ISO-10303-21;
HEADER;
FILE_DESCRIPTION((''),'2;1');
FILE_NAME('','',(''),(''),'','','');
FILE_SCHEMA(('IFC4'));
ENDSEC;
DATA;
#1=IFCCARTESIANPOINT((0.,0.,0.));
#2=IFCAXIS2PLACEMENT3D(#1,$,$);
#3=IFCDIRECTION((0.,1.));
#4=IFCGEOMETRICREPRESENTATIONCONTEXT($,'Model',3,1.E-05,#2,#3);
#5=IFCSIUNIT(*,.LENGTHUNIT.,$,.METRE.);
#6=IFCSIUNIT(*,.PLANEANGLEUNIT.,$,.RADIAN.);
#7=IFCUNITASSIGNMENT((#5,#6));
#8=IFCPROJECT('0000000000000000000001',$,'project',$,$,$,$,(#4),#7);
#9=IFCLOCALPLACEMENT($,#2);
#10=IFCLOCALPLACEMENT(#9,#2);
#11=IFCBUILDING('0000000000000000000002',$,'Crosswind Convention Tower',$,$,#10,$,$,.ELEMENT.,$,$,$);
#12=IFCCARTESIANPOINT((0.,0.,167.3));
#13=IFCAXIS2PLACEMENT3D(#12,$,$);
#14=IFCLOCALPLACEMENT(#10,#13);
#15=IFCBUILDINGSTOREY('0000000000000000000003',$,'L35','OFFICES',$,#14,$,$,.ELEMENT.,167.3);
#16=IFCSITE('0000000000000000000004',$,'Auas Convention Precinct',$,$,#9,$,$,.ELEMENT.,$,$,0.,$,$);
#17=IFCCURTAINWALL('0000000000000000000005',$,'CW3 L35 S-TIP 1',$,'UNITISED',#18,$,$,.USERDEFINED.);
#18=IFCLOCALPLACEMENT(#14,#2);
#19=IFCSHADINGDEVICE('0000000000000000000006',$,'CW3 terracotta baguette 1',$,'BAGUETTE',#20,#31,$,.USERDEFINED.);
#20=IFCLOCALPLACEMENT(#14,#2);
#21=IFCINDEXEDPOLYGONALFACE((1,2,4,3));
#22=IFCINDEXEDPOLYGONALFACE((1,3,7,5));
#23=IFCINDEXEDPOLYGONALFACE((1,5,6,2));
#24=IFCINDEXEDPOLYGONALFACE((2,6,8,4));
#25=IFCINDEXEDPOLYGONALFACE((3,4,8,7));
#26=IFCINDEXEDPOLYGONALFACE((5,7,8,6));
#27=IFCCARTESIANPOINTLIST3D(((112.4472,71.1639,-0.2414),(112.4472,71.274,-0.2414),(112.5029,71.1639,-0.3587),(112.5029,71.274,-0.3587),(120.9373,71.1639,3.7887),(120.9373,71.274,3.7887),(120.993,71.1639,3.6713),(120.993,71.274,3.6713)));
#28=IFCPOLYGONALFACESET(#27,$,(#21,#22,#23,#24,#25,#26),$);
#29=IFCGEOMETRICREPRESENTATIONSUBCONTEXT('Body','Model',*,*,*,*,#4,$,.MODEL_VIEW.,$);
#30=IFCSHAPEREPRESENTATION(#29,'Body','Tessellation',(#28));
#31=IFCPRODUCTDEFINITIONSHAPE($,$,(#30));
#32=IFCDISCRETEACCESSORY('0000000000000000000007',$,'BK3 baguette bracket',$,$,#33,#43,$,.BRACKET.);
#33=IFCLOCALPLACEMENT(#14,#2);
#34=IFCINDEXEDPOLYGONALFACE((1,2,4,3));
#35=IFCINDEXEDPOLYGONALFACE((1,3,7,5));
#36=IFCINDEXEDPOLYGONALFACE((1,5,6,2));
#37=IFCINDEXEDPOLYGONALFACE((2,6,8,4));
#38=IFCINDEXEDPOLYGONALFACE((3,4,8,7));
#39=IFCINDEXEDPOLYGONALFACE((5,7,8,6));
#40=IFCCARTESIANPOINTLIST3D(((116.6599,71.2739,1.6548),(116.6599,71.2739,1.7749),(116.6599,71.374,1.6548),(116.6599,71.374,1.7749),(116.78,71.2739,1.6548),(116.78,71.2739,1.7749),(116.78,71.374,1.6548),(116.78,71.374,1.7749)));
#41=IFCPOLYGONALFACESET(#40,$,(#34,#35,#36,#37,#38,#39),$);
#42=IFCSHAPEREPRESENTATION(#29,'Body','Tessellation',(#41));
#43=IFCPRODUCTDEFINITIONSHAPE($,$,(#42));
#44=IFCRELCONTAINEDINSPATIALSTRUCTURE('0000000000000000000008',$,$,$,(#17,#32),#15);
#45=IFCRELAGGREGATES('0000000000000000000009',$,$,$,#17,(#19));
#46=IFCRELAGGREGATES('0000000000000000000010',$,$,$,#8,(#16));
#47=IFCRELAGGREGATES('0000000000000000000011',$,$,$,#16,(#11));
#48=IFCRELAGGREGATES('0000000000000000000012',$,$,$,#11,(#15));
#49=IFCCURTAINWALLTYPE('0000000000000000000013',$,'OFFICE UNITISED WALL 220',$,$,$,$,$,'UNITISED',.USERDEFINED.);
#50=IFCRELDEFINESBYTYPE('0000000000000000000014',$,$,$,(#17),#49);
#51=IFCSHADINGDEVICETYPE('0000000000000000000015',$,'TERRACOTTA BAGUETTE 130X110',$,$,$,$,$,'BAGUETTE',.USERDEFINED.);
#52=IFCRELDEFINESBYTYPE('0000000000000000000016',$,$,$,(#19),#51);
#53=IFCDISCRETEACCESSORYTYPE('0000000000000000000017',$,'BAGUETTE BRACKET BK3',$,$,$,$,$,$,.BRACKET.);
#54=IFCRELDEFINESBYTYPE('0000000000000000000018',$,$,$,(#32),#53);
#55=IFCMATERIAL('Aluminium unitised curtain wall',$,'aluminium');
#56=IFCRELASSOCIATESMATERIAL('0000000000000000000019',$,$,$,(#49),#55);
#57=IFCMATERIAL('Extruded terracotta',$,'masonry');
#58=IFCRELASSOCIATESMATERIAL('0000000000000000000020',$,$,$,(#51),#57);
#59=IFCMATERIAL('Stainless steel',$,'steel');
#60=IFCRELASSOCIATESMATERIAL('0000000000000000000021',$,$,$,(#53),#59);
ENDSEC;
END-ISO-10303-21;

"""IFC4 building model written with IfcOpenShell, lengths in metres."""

from ifc_helpers import new_model, si_unit, direction, frame, origin, origin_2d, place, context, subcontext, project, spatial, rectangle, extrude, material, material_profile, profile_set, type_object, element, aggregate, save


model = new_model("IFC4")

# Units and contexts
model_context = context("Model", 3, precision=1e-05, world=origin(), true_north=direction((0.0, 1.0)))
body_context = subcontext(model_context, "Body", "Model", "MODEL_VIEW")
ifc_project = project(units=[si_unit("LENGTHUNIT", "METRE"), si_unit("PLANEANGLEUNIT", "RADIAN")], contexts=[model_context])

# Site, building, storey
site_placement = place(None, origin())
site = spatial("IfcSite", under=ifc_project, at=site_placement, Name="Auas Convention Precinct", CompositionType="ELEMENT", RefElevation=0.0)
building_placement = place(site_placement, origin())
building = spatial("IfcBuilding", under=site, at=building_placement, Name="Crosswind Convention Tower", CompositionType="ELEMENT")
storey_placement = place(building_placement, frame((0.0, 0.0, 167.3)))
storey = spatial("IfcBuildingStorey", under=building, at=storey_placement, Name="L35", Description="OFFICES", CompositionType="ELEMENT", Elevation=167.3)

# Curtain wall
ifc_material_1 = material(Name="Aluminium unitised curtain wall", Category="aluminium")
curtain_wall_type_1 = type_object("IfcCurtainWallType", Name="OFFICE UNITISED WALL 220", ElementType="UNITISED", PredefinedType="USERDEFINED", material=ifc_material_1)
curtain_wall_1_placement = place(storey_placement, origin())
curtain_wall_1 = element("IfcCurtainWall", 1, at=curtain_wall_1_placement, inside=storey, type_object=curtain_wall_type_1, Name="CW3 L35 S-TIP 1", ObjectType="UNITISED", PredefinedType="USERDEFINED")

# Shading device
ifc_material_2 = material(Name="Extruded terracotta", Category="masonry")
ifc_material_profile_1 = material_profile(ifc_material_2, rectangle(XDim=0.1101, YDim=0.1299, at=origin_2d()), Name="TC 110X130")
ifc_profile_set_1 = profile_set([ifc_material_profile_1], Name="Extruded terracotta")
shading_device_type = type_object("IfcShadingDeviceType", Name="TERRACOTTA BAGUETTE 130X110", ElementType="BAGUETTE", PredefinedType="USERDEFINED", material=ifc_profile_set_1)
shading_device_placement = place(storey_placement, frame((112.4751, 71.219, -0.3), z_axis=(0.903389, 0.0, 0.428821), x_axis=(0.0, 1.0, 0.0)))
shading_device = element("IfcShadingDevice", 2, at=shading_device_placement, type_object=shading_device_type, Name="CW3 terracotta baguette 1", ObjectType="BAGUETTE", PredefinedType="USERDEFINED", context=body_context, shape_type="SweptSolid", body=[
    extrude(rectangle(XDim=0.1101, YDim=0.1299, at=origin_2d()), origin(), (0.0, 0.0, 1.0), 9.3979),
])
aggregate(curtain_wall_1, [shading_device])

# Discrete accessory
ifc_material_3 = material(Name="Stainless steel", Category="steel")
discrete_accessory_type = type_object("IfcDiscreteAccessoryType", Name="BAGUETTE BRACKET BK3", PredefinedType="BRACKET", material=ifc_material_3)
discrete_accessory_placement = place(storey_placement, frame((116.72, 71.324, 1.6548), z_axis=(0.0, 0.0, 1.0), x_axis=(1.0, 0.0, 0.0)))
element("IfcDiscreteAccessory", 3, at=discrete_accessory_placement, inside=storey, type_object=discrete_accessory_type, Name="BK3 baguette bracket", PredefinedType="BRACKET", context=body_context, shape_type="SweptSolid", body=[
    extrude(rectangle(XDim=0.1201, YDim=0.1001, at=origin_2d()), origin(), (0.0, 0.0, 1.0), 0.1201),
])

save(model, "model.ifc")
